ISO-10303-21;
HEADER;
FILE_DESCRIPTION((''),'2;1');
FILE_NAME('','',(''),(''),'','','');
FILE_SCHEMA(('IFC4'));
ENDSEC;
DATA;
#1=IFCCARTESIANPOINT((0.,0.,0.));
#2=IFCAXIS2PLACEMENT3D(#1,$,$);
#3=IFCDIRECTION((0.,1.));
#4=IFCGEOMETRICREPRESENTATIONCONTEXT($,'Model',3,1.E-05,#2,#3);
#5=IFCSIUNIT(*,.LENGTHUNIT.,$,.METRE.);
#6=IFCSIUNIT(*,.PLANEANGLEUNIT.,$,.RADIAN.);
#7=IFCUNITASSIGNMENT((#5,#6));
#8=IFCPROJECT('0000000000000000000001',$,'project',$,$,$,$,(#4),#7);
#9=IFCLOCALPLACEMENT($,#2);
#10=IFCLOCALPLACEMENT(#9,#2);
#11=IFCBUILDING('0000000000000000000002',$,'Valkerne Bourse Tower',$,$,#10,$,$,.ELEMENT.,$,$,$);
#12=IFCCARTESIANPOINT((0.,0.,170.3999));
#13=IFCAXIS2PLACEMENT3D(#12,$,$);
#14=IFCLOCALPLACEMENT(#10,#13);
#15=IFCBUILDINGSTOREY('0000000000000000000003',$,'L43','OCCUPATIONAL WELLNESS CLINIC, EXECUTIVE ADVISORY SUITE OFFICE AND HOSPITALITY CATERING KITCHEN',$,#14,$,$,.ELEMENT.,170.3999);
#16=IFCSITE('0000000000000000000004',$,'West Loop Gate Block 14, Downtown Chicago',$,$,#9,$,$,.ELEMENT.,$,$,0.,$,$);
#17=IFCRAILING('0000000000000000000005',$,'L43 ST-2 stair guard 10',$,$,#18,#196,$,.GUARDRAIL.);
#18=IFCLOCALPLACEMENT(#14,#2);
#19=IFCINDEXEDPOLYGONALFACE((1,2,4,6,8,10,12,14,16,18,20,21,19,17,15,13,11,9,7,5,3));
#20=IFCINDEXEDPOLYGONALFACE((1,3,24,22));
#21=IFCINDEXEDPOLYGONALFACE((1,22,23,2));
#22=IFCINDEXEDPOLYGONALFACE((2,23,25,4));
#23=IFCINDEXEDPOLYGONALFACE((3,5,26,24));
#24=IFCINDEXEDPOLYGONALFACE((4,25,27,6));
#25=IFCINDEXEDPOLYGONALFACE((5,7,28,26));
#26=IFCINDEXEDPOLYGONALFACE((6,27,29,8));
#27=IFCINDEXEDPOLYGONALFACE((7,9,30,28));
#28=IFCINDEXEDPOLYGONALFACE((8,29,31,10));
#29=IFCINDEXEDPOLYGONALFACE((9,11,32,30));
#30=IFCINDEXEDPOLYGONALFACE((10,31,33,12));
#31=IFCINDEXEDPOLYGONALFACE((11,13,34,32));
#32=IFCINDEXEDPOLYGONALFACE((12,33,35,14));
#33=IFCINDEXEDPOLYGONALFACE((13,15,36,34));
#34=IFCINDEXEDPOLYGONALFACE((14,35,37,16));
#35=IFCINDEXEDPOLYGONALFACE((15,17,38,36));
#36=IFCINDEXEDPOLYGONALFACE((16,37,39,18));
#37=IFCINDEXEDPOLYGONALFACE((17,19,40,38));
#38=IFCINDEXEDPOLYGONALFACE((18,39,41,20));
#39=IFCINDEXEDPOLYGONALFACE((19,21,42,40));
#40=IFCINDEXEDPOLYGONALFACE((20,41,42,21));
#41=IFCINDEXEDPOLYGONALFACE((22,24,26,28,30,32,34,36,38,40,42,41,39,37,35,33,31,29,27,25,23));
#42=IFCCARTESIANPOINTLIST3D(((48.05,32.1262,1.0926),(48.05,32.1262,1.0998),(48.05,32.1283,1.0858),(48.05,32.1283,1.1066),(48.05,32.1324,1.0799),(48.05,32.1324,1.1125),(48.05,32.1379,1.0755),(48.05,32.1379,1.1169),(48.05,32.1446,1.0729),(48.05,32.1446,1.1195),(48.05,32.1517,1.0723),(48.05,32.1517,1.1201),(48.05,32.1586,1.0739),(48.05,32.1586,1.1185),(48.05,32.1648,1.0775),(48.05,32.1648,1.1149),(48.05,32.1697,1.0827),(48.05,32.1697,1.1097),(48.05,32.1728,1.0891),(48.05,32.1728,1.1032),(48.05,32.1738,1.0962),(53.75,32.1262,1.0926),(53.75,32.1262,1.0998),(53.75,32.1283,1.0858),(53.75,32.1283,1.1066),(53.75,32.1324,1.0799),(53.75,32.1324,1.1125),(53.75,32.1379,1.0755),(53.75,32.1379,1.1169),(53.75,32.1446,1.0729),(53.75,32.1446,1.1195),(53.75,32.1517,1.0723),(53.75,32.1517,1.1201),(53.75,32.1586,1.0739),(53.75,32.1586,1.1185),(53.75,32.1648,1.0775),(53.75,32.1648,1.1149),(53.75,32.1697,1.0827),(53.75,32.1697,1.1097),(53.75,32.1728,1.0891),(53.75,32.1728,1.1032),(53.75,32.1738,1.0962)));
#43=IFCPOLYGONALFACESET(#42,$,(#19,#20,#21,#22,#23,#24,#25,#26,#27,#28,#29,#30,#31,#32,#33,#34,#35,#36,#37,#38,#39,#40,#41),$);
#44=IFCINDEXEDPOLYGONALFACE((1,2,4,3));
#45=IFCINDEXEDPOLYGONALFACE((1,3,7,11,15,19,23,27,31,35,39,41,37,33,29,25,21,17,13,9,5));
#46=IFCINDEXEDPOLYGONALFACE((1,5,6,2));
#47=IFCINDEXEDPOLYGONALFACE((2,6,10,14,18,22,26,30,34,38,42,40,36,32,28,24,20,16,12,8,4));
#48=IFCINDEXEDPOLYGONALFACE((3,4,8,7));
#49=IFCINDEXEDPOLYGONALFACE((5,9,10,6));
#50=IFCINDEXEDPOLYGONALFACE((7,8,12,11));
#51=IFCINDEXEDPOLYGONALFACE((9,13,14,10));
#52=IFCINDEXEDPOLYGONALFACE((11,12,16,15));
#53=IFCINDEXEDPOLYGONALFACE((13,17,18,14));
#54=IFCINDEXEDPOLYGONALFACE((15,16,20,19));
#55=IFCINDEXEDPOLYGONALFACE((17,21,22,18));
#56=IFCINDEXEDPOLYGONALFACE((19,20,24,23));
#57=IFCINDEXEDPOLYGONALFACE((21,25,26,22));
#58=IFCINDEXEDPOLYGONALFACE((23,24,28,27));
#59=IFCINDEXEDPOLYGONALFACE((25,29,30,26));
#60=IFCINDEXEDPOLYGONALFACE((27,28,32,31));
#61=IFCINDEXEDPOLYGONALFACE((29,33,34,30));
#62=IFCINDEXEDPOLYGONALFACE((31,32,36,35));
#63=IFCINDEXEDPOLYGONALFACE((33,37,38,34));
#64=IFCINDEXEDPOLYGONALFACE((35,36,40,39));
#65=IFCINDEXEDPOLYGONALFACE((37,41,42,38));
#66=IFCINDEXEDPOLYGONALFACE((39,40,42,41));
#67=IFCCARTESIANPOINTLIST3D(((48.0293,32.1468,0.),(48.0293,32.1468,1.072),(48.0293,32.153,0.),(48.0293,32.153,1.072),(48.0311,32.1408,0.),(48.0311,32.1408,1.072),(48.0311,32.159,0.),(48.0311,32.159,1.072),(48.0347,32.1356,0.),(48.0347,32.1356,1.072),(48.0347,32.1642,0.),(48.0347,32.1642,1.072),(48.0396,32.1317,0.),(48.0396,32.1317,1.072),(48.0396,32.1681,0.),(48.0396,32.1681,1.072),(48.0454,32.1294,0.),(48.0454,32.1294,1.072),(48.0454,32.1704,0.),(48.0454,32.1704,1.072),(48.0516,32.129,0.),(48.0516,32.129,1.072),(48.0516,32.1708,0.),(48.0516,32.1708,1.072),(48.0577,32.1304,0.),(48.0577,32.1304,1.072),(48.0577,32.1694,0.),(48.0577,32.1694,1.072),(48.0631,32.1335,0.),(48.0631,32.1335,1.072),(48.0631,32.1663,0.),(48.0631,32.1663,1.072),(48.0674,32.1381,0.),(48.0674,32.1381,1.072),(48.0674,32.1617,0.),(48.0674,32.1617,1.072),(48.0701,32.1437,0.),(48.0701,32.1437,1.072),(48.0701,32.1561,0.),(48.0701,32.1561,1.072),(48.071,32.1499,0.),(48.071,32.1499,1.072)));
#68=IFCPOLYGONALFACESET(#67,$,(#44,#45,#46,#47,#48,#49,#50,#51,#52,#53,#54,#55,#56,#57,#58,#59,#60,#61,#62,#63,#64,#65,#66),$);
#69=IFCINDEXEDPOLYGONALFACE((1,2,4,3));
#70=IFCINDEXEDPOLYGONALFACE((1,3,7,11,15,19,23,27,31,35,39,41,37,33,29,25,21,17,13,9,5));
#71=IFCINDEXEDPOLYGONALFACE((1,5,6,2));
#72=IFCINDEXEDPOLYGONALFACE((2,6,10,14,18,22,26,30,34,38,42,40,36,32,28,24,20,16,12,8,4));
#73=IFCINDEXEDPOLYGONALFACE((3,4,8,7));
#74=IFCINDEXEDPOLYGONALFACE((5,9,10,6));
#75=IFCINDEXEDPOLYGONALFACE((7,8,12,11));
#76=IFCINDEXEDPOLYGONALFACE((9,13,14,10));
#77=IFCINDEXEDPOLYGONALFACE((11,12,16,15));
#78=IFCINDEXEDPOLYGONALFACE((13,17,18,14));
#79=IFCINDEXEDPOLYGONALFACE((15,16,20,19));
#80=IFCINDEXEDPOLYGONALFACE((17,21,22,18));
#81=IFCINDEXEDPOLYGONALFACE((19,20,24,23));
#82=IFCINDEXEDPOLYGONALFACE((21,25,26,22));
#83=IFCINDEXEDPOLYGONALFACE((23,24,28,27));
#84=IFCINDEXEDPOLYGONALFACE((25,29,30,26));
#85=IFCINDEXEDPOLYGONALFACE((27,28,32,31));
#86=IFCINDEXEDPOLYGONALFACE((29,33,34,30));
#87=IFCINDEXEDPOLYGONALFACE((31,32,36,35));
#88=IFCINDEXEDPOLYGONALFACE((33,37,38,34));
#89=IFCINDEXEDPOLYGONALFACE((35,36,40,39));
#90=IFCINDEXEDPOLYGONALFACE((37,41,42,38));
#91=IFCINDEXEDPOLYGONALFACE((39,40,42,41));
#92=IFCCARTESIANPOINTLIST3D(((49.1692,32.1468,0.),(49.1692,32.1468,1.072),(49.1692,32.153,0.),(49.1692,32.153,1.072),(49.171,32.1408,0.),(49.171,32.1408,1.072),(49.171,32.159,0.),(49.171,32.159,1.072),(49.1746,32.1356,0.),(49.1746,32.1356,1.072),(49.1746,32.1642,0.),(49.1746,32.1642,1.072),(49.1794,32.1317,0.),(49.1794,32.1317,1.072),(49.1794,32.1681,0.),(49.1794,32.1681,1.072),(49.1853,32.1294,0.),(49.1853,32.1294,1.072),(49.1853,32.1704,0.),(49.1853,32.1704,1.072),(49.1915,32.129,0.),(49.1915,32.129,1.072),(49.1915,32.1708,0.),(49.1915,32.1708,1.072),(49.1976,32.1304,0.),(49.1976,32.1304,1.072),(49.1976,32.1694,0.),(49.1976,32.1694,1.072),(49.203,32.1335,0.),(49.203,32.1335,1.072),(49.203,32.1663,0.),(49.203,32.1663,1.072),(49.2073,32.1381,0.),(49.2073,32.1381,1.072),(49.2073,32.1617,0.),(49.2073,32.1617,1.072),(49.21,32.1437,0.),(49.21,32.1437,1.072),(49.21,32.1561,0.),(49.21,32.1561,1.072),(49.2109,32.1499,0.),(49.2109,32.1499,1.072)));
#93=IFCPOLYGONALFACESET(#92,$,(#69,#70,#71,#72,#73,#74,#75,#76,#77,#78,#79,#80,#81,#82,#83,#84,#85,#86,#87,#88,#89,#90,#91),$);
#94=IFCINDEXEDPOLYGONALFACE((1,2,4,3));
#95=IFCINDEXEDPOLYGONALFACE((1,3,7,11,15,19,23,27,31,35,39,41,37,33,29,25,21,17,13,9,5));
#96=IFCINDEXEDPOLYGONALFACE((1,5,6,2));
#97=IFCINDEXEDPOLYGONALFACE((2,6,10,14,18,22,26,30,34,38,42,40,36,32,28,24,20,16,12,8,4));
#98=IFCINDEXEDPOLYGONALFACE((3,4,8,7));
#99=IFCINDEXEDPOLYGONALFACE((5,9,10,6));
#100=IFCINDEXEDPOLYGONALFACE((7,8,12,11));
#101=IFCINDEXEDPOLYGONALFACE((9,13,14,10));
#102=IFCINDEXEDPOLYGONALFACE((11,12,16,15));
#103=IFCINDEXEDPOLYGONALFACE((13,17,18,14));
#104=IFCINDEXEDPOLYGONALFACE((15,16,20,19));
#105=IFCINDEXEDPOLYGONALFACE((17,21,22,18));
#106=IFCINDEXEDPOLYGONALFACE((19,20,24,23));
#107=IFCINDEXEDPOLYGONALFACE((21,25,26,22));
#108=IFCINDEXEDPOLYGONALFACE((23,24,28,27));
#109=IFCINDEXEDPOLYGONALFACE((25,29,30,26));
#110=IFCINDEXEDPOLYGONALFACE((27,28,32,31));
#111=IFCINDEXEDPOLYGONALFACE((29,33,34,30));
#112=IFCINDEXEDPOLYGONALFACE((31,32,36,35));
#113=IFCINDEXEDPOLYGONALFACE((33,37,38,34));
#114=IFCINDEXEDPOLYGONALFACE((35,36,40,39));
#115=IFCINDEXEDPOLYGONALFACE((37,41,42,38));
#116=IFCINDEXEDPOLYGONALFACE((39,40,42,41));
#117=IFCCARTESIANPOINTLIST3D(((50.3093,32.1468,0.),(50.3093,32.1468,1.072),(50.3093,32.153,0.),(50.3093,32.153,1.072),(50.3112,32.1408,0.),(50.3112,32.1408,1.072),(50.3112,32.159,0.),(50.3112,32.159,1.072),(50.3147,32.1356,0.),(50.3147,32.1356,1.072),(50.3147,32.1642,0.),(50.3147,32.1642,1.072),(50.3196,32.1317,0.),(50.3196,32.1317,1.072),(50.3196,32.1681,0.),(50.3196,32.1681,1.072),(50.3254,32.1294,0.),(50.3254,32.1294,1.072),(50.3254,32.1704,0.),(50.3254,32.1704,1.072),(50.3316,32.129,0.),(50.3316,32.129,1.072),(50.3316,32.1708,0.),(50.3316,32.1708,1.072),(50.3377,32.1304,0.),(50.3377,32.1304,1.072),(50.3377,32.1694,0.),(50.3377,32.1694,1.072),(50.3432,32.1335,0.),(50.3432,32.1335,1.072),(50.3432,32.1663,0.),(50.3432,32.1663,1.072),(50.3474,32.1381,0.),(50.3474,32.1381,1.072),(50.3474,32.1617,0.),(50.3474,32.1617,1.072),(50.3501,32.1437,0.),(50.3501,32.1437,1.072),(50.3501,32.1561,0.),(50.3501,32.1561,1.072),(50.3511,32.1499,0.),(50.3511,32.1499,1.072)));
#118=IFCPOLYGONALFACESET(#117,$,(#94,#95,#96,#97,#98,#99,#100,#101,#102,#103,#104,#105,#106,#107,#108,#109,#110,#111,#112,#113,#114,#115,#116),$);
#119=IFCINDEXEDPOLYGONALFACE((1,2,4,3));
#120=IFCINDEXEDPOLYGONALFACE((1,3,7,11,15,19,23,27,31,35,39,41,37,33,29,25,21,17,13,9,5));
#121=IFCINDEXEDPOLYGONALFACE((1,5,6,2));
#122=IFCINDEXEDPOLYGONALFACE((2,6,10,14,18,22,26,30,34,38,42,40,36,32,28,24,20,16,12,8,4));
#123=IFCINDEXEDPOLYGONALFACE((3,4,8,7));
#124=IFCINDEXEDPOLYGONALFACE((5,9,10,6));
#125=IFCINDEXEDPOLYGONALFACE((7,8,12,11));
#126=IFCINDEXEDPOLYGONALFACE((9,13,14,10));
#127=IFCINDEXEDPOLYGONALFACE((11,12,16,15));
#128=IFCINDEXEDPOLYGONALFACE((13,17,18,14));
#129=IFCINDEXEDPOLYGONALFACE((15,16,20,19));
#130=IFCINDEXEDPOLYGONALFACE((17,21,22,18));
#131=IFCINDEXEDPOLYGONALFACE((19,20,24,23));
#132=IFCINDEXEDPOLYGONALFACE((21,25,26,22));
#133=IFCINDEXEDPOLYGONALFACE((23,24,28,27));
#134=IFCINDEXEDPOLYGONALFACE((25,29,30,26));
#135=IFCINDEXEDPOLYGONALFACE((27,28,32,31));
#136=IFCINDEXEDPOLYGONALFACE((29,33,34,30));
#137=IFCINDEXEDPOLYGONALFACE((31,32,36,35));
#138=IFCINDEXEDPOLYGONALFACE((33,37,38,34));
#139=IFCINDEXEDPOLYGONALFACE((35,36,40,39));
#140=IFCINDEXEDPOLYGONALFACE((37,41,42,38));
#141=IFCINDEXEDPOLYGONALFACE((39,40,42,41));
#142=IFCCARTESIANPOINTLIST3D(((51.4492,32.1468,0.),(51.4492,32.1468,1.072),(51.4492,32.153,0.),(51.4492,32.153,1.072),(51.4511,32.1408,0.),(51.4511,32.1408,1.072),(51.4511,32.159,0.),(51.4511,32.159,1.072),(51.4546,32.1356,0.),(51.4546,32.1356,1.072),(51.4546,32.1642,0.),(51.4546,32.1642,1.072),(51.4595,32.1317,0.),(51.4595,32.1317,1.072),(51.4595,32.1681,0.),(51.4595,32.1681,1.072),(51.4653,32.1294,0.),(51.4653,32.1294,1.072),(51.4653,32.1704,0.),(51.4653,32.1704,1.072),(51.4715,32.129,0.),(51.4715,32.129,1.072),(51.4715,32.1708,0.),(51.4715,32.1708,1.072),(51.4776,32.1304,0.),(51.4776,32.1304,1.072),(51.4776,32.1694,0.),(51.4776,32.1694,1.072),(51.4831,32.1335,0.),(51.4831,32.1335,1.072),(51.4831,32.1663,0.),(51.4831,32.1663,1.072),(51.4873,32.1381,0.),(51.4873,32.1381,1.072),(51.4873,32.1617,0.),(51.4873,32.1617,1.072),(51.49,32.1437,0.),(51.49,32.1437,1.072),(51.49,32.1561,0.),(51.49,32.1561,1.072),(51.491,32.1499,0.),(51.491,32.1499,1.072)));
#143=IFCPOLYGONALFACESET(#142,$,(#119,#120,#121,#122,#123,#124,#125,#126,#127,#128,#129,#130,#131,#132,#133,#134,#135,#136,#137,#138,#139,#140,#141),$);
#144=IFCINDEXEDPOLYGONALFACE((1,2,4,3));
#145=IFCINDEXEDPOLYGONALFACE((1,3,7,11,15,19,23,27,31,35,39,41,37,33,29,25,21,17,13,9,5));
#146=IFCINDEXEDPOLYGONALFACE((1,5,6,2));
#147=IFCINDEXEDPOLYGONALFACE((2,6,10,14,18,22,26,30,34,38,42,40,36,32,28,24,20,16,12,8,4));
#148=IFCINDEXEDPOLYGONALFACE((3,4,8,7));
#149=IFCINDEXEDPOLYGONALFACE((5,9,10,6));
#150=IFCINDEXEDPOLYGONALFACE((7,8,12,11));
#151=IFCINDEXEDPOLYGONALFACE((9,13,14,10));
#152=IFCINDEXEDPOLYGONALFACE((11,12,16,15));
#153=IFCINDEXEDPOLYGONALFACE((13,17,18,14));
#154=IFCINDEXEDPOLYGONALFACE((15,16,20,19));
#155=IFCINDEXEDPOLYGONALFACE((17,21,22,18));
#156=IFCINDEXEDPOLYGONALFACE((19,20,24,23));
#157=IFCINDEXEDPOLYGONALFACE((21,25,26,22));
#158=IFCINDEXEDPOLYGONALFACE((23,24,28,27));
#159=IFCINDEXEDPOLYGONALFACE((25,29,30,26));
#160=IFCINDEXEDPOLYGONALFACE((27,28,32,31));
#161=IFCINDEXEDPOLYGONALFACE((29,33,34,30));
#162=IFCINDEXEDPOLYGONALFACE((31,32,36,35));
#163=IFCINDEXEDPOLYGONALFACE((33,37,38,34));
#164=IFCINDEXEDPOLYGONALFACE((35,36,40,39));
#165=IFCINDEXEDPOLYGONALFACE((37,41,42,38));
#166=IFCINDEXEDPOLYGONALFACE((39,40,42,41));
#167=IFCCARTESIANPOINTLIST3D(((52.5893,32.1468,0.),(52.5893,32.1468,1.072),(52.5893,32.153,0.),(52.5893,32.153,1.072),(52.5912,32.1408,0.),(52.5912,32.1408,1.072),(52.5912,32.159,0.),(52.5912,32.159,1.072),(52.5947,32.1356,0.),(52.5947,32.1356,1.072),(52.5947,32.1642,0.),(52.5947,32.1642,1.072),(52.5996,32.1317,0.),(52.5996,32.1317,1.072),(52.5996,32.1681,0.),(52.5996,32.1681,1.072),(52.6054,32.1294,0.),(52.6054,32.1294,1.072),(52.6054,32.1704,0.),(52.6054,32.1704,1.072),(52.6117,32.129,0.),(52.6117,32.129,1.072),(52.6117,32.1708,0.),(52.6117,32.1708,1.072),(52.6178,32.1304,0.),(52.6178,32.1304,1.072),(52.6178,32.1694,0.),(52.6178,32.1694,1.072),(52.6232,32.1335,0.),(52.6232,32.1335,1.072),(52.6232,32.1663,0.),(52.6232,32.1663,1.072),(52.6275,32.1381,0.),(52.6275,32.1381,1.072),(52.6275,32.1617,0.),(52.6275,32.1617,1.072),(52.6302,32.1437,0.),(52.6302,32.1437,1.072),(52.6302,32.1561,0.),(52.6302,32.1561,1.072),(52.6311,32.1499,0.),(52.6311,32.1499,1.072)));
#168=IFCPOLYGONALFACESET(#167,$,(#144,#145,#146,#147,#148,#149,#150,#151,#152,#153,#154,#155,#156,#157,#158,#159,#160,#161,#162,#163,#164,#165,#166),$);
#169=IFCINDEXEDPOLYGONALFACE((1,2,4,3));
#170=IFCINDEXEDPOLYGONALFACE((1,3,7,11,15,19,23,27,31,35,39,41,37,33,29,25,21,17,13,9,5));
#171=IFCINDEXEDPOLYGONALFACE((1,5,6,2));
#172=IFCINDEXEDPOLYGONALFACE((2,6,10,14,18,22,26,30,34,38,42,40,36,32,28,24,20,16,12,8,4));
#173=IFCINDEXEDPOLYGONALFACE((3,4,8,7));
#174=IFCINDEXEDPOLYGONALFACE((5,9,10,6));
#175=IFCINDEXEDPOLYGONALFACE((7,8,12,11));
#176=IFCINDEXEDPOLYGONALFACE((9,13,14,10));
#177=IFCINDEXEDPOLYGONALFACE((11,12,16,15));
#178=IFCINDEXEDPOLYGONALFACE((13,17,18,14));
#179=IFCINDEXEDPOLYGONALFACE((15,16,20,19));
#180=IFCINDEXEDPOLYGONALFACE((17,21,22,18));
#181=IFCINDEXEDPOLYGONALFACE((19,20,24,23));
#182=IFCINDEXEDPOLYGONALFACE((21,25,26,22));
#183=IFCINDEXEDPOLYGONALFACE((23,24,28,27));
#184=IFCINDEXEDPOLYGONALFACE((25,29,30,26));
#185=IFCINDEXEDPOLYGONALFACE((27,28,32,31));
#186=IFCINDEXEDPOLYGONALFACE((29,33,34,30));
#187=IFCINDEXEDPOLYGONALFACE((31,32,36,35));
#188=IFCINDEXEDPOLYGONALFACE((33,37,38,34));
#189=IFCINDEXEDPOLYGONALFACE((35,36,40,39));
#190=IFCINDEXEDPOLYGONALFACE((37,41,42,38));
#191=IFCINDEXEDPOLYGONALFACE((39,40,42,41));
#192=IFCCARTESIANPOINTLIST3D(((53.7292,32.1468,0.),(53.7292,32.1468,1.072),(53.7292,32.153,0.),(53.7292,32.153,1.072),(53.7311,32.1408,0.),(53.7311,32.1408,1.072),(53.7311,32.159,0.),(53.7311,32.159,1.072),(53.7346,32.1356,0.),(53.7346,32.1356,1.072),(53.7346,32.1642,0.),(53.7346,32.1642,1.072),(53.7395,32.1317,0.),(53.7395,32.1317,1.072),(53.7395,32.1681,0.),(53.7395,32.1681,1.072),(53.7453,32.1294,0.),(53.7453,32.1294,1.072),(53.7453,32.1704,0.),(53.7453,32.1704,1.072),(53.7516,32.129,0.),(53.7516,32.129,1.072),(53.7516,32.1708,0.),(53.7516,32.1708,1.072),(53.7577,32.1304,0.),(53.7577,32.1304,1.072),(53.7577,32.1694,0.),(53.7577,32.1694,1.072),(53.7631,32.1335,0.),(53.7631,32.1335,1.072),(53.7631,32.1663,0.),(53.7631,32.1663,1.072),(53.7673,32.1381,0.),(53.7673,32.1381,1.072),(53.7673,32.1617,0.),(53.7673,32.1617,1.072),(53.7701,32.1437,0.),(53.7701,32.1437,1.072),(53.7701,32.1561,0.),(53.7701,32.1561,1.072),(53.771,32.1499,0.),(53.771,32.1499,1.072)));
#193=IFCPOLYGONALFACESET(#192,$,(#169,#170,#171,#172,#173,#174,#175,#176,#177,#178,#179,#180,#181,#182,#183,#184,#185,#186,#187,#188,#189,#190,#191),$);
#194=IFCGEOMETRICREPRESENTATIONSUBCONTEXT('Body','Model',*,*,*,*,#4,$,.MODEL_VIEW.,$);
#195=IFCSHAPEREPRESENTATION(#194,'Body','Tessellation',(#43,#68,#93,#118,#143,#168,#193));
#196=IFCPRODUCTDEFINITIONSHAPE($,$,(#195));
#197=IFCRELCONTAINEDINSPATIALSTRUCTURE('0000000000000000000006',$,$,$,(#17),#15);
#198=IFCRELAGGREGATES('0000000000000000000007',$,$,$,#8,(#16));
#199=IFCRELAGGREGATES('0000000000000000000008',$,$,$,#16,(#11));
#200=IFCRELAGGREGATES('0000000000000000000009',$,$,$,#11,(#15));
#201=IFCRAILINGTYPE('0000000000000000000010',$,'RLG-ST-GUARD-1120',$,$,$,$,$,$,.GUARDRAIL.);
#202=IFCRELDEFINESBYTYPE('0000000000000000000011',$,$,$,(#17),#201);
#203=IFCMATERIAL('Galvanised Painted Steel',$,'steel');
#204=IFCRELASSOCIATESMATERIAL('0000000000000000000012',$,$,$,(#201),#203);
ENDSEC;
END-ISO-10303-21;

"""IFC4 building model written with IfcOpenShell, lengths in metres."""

from ifc_helpers import new_model, si_unit, direction, frame, origin, origin_2d, place, context, subcontext, project, spatial, circle, extrude, material, type_object, element, save


model = new_model("IFC4")

# Units and contexts
model_context = context("Model", 3, precision=1e-05, world=origin(), true_north=direction((0.0, 1.0)))
body_context = subcontext(model_context, "Body", "Model", "MODEL_VIEW")
ifc_project = project(units=[si_unit("LENGTHUNIT", "METRE"), si_unit("PLANEANGLEUNIT", "RADIAN")], contexts=[model_context])

# Site, building, storey
site_placement = place(None, origin())
site = spatial("IfcSite", under=ifc_project, at=site_placement, Name="West Loop Gate Block 14, Downtown Chicago", CompositionType="ELEMENT", RefElevation=0.0)
building_placement = place(site_placement, origin())
building = spatial("IfcBuilding", under=site, at=building_placement, Name="Valkerne Bourse Tower", CompositionType="ELEMENT")
storey_placement = place(building_placement, frame((0.0, 0.0, 170.3999)))
storey = spatial("IfcBuildingStorey", under=building, at=storey_placement, Name="L43", Description="OCCUPATIONAL WELLNESS CLINIC, EXECUTIVE ADVISORY SUITE OFFICE AND HOSPITALITY CATERING KITCHEN", CompositionType="ELEMENT", Elevation=170.3999)

# Shared definitions
ifc_material_1 = material(Name="Galvanised Painted Steel", Category="steel")

# Railing
railing_type_1 = type_object("IfcRailingType", Name="RLG-ST-GUARD-1120", PredefinedType="GUARDRAIL", material=ifc_material_1)
for number, where, name in (
    (1, (48.05, 32.1499, 0.0), "L43 ST-2 stair guard 10"),
):
    element("IfcRailing", number, at=place(storey_placement, frame(where)), inside=storey, type_object=railing_type_1, Name=name, PredefinedType="GUARDRAIL", context=body_context, shape_type="SweptSolid", body=[
        extrude(circle(Radius=0.0239, at=origin_2d()), frame((0.0, 0.0, 1.0962), z_axis=(1.0, 0.0, 0.0), x_axis=(0.0, 1.0, 0.0)), (0.0, 0.0, 1.0), 5.7),
        extrude(circle(Radius=0.021, at=origin_2d()), origin(), (0.0, 0.0, 1.0), 1.072),
        extrude(circle(Radius=0.021, at=origin_2d()), frame((1.1399, 0.0, 0.0)), (0.0, 0.0, 1.0), 1.072),
        extrude(circle(Radius=0.021, at=origin_2d()), frame((2.28, 0.0, 0.0)), (0.0, 0.0, 1.0), 1.072),
        extrude(circle(Radius=0.021, at=origin_2d()), frame((3.4199, 0.0, 0.0)), (0.0, 0.0, 1.0), 1.072),
        extrude(circle(Radius=0.021, at=origin_2d()), frame((4.5601, 0.0, 0.0)), (0.0, 0.0, 1.0), 1.072),
        extrude(circle(Radius=0.021, at=origin_2d()), frame((5.7, 0.0, 0.0)), (0.0, 0.0, 1.0), 1.072),
    ])

save(model, "model.ifc")
